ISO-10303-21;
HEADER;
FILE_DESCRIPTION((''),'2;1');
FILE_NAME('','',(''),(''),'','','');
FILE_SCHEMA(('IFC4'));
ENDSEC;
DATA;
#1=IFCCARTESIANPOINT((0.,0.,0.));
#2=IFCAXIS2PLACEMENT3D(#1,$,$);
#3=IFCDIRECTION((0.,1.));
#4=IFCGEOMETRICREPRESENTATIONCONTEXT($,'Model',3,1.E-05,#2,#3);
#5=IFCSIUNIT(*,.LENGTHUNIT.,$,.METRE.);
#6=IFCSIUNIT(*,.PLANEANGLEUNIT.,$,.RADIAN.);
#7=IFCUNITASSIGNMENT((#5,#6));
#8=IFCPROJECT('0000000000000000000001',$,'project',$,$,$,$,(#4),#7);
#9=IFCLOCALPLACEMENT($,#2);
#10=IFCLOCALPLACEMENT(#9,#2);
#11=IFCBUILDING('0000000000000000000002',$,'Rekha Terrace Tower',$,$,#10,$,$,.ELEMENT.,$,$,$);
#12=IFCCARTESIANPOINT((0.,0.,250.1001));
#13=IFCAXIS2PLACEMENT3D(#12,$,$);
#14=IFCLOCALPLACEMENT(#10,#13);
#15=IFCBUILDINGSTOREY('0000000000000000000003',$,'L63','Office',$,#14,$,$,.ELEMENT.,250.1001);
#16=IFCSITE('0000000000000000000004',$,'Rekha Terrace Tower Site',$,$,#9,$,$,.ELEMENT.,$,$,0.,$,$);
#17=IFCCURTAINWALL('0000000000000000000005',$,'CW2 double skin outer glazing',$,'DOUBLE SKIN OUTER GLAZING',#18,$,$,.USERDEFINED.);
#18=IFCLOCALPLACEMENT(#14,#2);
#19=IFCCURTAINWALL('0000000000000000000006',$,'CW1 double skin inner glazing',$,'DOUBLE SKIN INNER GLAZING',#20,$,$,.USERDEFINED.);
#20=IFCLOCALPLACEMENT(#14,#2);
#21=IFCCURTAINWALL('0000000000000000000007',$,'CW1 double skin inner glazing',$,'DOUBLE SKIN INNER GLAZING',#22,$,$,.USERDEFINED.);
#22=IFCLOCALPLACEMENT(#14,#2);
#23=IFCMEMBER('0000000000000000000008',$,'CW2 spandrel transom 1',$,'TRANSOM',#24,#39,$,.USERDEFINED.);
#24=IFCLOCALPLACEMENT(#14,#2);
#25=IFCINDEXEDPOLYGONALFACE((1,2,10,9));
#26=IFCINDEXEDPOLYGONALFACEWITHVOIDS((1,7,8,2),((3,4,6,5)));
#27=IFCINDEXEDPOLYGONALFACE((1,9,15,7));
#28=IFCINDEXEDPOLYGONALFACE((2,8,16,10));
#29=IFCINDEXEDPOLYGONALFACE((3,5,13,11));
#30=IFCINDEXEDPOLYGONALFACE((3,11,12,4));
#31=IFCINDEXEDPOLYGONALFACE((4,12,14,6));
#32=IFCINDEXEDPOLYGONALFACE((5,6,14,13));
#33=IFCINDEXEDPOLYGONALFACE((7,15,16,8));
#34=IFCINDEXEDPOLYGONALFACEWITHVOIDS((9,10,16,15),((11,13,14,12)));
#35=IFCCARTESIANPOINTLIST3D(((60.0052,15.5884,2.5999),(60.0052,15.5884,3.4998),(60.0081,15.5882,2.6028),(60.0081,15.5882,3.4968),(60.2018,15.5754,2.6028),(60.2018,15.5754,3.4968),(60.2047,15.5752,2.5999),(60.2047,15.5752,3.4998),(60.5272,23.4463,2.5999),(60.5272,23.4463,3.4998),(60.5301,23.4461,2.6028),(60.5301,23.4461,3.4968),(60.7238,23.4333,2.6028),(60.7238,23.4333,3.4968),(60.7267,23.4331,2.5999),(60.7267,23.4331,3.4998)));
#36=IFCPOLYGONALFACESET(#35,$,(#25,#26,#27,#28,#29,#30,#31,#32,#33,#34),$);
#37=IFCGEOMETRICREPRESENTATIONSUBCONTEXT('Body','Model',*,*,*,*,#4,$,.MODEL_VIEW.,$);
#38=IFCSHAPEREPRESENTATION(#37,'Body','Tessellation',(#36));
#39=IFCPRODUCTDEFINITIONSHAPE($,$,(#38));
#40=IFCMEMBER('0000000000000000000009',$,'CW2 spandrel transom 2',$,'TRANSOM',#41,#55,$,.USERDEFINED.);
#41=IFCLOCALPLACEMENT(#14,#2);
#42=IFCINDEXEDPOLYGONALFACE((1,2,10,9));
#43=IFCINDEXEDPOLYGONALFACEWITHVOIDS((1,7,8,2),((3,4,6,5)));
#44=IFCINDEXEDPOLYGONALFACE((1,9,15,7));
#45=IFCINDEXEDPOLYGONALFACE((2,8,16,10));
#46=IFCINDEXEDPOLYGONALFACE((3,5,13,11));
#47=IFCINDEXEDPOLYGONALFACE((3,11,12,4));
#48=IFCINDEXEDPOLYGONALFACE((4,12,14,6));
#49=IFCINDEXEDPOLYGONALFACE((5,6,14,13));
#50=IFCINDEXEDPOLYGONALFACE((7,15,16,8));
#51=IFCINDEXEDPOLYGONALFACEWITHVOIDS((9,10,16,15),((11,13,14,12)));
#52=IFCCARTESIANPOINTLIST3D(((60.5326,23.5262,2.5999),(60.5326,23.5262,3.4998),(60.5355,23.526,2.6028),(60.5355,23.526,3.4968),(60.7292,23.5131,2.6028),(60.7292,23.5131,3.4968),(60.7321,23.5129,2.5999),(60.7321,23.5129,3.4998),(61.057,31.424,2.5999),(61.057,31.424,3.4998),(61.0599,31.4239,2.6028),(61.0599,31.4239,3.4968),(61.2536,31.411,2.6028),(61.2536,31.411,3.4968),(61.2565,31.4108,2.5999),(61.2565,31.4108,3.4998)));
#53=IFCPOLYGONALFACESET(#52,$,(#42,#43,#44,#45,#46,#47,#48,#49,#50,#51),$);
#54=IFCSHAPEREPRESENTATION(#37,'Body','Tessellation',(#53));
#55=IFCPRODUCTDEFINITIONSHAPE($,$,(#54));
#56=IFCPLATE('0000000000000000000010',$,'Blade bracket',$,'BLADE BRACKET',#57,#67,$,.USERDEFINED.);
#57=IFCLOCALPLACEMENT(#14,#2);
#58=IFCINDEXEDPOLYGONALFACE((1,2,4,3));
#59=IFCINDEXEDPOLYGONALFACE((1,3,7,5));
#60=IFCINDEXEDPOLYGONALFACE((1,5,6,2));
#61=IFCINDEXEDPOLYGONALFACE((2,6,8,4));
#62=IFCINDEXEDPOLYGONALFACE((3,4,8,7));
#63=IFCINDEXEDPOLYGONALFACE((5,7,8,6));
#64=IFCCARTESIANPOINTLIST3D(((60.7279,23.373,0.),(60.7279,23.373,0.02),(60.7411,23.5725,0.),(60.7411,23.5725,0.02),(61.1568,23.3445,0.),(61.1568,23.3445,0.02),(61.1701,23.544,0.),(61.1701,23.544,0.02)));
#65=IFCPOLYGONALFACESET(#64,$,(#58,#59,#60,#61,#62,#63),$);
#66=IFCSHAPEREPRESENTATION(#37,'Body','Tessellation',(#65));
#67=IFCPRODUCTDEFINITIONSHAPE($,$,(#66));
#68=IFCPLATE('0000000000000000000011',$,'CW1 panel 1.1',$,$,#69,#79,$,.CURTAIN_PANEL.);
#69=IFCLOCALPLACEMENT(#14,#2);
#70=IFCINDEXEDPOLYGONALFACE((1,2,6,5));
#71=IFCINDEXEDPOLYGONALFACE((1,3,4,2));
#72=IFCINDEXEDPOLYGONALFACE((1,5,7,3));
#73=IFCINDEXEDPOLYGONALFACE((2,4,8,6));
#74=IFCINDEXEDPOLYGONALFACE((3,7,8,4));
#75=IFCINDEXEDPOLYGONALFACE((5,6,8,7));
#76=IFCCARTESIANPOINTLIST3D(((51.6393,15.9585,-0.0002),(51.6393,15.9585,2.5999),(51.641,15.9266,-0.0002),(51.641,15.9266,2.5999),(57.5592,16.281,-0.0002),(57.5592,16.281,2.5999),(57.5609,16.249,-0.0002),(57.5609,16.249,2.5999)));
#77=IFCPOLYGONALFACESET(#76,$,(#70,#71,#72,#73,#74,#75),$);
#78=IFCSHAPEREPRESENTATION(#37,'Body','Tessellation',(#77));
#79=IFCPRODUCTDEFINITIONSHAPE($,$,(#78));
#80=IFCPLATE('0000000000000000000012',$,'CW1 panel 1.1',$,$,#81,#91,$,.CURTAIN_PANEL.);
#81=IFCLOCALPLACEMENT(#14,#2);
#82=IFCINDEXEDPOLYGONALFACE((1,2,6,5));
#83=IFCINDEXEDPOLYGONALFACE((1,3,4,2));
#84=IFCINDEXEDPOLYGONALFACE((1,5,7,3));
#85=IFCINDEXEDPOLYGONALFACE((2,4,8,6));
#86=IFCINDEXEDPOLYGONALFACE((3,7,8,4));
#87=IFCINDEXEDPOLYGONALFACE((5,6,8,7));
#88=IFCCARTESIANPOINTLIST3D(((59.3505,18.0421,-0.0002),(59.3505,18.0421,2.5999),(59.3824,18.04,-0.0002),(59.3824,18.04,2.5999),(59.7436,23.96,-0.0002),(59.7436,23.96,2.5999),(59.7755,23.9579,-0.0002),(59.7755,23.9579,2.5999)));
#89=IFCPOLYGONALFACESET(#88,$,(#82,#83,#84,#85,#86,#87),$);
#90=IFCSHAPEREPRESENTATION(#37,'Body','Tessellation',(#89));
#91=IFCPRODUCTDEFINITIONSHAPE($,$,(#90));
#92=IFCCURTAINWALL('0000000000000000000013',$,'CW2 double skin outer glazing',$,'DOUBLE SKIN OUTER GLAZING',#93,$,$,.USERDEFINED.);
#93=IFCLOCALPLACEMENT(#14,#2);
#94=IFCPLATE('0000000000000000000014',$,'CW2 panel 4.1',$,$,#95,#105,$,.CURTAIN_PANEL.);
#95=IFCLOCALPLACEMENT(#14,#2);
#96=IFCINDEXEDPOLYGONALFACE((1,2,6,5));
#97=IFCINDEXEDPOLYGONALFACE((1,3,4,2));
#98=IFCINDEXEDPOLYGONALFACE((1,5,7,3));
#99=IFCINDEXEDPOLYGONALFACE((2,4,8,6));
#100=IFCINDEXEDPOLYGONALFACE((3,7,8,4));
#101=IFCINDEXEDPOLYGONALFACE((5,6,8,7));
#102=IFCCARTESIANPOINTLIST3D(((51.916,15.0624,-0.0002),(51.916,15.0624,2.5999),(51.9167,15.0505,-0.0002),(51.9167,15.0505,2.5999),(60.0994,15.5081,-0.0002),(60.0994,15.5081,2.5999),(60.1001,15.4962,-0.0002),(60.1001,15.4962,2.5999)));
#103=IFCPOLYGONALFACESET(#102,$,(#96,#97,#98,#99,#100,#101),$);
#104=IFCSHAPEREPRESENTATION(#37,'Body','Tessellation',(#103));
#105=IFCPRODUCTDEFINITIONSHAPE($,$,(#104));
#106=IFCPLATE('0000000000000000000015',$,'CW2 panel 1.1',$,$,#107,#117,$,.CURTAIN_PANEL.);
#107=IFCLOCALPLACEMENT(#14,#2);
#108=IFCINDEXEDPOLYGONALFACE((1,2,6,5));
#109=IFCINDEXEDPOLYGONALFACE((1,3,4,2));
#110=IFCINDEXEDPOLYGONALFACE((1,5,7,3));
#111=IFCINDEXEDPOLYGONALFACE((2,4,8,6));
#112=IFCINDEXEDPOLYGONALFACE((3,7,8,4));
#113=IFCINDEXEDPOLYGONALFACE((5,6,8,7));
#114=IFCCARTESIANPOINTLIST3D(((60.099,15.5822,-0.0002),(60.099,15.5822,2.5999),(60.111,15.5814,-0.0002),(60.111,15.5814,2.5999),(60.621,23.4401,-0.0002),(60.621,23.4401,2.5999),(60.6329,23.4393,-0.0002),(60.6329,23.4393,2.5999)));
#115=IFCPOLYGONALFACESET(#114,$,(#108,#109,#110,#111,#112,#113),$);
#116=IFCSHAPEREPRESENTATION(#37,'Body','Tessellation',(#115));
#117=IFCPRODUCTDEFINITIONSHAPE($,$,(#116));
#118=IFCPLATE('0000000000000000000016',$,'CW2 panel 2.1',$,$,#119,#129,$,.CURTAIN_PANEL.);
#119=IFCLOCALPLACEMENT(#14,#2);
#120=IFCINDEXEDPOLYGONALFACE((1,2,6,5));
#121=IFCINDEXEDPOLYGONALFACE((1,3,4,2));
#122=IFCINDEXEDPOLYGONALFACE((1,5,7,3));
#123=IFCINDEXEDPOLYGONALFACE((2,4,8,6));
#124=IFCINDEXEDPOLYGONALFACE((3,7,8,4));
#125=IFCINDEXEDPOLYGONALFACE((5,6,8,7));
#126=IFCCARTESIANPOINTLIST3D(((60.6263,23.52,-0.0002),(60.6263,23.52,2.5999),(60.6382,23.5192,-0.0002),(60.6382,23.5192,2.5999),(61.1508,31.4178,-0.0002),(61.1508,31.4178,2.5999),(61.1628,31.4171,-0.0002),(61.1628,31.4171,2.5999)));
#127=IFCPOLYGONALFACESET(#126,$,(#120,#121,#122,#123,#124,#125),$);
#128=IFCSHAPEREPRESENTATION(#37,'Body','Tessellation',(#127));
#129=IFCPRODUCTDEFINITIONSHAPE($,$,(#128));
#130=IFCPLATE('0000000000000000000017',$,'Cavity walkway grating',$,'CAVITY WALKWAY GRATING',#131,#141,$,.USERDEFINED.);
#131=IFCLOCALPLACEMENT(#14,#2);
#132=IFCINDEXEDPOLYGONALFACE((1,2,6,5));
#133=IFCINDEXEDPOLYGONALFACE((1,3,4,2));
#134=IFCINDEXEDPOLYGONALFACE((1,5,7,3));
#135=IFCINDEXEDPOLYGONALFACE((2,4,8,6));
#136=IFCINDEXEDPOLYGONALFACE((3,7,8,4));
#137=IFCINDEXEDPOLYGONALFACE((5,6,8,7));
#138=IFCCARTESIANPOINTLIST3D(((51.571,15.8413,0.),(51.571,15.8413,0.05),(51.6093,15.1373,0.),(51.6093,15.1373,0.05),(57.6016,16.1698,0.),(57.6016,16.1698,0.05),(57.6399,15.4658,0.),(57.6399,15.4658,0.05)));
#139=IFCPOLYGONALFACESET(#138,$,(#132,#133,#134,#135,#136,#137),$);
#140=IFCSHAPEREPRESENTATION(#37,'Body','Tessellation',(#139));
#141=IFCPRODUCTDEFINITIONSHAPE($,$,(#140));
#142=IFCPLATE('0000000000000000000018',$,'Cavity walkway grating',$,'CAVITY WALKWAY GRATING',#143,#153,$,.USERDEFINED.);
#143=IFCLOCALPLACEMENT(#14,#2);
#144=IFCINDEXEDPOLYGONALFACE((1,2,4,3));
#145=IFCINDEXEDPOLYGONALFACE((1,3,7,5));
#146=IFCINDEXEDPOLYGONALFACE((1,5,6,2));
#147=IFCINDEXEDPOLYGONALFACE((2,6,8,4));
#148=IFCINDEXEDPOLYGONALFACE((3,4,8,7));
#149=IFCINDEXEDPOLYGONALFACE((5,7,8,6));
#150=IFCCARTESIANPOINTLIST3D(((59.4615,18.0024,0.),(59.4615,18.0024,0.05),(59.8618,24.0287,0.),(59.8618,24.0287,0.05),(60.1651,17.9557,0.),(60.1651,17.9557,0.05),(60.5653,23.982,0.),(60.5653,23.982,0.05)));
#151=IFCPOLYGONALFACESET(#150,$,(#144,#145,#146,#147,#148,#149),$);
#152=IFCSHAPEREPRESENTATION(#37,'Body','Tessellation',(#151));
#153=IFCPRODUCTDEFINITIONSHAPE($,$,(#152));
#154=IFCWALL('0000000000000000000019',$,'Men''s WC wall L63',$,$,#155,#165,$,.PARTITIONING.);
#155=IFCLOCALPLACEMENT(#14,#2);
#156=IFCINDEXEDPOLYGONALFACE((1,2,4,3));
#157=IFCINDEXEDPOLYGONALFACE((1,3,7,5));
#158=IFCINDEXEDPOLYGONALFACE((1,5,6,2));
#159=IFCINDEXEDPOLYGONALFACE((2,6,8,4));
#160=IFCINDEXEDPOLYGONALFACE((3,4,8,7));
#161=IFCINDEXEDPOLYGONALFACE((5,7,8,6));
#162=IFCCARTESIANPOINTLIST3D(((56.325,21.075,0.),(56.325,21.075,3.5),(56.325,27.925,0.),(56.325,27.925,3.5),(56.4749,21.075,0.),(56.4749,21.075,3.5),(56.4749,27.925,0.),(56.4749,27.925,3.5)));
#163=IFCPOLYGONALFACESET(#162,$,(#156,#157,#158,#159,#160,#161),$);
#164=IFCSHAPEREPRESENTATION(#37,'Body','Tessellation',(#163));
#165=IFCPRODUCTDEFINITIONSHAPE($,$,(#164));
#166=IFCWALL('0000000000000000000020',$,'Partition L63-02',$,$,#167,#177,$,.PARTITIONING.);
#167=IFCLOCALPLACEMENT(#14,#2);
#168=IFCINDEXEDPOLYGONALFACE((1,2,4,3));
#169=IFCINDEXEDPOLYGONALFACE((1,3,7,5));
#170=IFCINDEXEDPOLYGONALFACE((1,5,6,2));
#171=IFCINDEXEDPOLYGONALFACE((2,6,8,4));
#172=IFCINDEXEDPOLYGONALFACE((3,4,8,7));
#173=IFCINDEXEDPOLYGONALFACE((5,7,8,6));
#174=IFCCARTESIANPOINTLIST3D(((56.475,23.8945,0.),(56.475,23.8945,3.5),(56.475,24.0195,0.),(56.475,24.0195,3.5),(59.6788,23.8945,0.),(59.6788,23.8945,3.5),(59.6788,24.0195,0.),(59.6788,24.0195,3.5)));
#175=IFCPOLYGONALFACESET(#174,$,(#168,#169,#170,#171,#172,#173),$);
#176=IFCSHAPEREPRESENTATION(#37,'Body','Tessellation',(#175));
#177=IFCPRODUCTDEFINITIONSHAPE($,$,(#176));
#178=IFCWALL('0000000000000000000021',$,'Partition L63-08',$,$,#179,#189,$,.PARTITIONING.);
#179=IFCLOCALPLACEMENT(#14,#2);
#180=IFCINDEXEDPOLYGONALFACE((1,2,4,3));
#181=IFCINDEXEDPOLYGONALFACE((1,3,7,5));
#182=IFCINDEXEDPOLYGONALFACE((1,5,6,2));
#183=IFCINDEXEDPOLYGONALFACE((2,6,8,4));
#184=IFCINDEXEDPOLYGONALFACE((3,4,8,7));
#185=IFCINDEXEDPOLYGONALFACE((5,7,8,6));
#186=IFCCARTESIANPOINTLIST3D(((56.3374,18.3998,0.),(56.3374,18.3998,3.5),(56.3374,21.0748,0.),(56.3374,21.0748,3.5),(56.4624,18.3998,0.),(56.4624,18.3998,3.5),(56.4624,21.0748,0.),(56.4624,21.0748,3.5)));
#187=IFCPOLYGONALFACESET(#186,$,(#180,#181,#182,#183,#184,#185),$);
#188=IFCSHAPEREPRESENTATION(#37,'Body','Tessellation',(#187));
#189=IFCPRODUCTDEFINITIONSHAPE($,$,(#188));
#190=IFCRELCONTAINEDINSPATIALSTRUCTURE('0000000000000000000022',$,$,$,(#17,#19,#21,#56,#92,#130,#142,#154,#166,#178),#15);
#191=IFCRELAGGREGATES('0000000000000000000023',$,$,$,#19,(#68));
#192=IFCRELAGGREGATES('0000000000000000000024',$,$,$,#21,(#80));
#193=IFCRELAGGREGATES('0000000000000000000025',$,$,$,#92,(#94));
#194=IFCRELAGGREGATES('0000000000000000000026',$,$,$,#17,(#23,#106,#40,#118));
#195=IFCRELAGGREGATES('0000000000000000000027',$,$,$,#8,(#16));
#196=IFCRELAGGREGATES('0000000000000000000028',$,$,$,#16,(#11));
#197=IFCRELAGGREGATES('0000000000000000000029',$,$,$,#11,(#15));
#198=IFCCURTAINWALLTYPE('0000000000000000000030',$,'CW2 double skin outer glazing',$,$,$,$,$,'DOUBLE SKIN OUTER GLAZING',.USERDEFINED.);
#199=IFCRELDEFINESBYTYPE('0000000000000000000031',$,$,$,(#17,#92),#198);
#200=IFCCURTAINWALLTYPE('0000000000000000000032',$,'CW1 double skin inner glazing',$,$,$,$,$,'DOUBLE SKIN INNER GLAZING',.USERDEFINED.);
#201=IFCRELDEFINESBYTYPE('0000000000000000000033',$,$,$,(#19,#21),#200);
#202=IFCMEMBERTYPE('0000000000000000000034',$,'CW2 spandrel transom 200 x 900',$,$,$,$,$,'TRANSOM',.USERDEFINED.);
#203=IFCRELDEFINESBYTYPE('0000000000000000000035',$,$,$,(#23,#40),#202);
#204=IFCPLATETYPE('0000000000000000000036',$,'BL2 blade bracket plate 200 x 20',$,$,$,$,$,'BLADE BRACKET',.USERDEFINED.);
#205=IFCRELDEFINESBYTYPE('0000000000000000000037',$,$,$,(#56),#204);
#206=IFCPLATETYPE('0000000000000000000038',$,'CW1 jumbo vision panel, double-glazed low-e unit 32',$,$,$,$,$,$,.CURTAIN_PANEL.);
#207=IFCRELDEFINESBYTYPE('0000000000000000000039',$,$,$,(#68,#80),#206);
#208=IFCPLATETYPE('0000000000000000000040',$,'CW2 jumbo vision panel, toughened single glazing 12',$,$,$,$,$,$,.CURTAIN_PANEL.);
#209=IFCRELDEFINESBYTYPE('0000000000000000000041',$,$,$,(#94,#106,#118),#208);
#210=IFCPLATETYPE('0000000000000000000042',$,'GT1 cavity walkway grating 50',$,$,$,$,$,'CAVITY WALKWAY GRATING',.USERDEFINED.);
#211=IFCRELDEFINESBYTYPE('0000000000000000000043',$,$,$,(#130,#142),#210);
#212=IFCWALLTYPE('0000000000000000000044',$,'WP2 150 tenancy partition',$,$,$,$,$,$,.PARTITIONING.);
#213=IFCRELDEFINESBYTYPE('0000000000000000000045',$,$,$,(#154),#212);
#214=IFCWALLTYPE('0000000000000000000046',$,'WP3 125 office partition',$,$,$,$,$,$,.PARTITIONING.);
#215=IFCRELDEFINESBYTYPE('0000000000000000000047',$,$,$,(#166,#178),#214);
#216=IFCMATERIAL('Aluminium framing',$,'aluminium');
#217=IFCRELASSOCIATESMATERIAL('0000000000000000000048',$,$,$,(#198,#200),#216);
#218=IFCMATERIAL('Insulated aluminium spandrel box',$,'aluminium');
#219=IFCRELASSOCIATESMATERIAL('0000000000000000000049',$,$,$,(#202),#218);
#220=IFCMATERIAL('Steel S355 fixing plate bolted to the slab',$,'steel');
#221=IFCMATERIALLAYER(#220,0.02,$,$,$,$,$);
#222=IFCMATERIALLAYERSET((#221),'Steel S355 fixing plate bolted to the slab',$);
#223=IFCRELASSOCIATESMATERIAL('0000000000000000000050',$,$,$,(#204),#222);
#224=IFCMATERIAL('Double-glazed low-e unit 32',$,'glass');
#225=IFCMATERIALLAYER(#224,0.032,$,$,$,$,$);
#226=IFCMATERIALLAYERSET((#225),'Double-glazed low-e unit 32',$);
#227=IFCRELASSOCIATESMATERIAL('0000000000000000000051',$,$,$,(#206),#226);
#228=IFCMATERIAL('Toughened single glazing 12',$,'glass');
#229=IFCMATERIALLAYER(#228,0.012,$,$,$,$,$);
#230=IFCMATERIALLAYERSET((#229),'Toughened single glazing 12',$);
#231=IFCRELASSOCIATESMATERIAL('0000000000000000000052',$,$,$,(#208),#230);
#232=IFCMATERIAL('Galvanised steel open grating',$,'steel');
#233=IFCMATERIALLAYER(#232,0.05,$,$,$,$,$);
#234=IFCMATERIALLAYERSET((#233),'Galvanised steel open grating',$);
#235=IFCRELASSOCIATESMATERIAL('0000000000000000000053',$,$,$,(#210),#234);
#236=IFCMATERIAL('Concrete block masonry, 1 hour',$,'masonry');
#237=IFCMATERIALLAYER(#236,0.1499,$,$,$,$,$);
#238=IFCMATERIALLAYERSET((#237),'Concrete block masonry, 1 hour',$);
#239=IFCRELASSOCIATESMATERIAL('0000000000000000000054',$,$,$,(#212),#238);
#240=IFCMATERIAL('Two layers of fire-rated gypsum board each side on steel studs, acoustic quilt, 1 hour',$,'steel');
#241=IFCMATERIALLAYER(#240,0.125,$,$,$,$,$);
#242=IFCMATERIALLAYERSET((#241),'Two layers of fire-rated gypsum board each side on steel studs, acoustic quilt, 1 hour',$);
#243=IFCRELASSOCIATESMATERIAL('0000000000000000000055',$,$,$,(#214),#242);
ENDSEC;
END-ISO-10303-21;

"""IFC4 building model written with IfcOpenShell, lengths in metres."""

from ifc_helpers import new_model, si_unit, direction, frame, frame_2d, origin, origin_2d, place, context, subcontext, project, spatial, rectangle, hollow_rectangle, extrude, material, layer, layer_set, material_profile, profile_set, type_object, element, aggregate, save


model = new_model("IFC4")

# Units and contexts
model_context = context("Model", 3, precision=1e-05, world=origin(), true_north=direction((0.0, 1.0)))
body_context = subcontext(model_context, "Body", "Model", "MODEL_VIEW")
ifc_project = project(units=[si_unit("LENGTHUNIT", "METRE"), si_unit("PLANEANGLEUNIT", "RADIAN")], contexts=[model_context])

# Site, building, storey
site_placement = place(None, origin())
site = spatial("IfcSite", under=ifc_project, at=site_placement, Name="Rekha Terrace Tower Site", CompositionType="ELEMENT", RefElevation=0.0)
building_placement = place(site_placement, origin())
building = spatial("IfcBuilding", under=site, at=building_placement, Name="Rekha Terrace Tower", CompositionType="ELEMENT")
storey_placement = place(building_placement, frame((0.0, 0.0, 250.1001)))
storey = spatial("IfcBuildingStorey", under=building, at=storey_placement, Name="L63", Description="Office", CompositionType="ELEMENT", Elevation=250.1001)

# Curtain walls
ifc_material_1 = material(Name="Aluminium framing", Category="aluminium")
curtain_wall_type_1 = type_object("IfcCurtainWallType", Name="CW2 double skin outer glazing", ElementType="DOUBLE SKIN OUTER GLAZING", PredefinedType="USERDEFINED", material=ifc_material_1)
curtain_wall_1_placement = place(storey_placement, origin())
curtain_wall_1 = element("IfcCurtainWall", 1, at=curtain_wall_1_placement, inside=storey, type_object=curtain_wall_type_1, Name="CW2 double skin outer glazing", ObjectType="DOUBLE SKIN OUTER GLAZING", PredefinedType="USERDEFINED")
curtain_wall_type_2 = type_object("IfcCurtainWallType", Name="CW1 double skin inner glazing", ElementType="DOUBLE SKIN INNER GLAZING", PredefinedType="USERDEFINED", material=ifc_material_1)
curtain_wall_2_placement = place(storey_placement, origin())
curtain_wall_2 = element("IfcCurtainWall", 2, at=curtain_wall_2_placement, inside=storey, type_object=curtain_wall_type_2, Name="CW1 double skin inner glazing", ObjectType="DOUBLE SKIN INNER GLAZING", PredefinedType="USERDEFINED")

# Curtain wall
curtain_wall_3_placement = place(storey_placement, origin())
curtain_wall_3 = element("IfcCurtainWall", 3, at=curtain_wall_3_placement, inside=storey, type_object=curtain_wall_type_2, Name="CW1 double skin inner glazing", ObjectType="DOUBLE SKIN INNER GLAZING", PredefinedType="USERDEFINED")

# Members
ifc_material_2 = material(Name="Insulated aluminium spandrel box", Category="aluminium")
ifc_material_profile_1 = material_profile(ifc_material_2, hollow_rectangle(XDim=0.2, YDim=0.8999, WallThickness=0.0029, at=origin_2d()), Name="AL SPANDREL BOX 200x900")
ifc_profile_set_1 = profile_set([ifc_material_profile_1], Name="Insulated aluminium spandrel box")
member_type_1 = type_object("IfcMemberType", Name="CW2 spandrel transom 200 x 900", ElementType="TRANSOM", PredefinedType="USERDEFINED", material=ifc_profile_set_1)
member_1_placement = place(storey_placement, frame((60.105, 15.5818, 3.0498), z_axis=(0.06628, 0.997801, 0.0), x_axis=(-0.997801, 0.06628, 0.0)))
member_1 = element("IfcMember", 4, at=member_1_placement, type_object=member_type_1, Name="CW2 spandrel transom 1", ObjectType="TRANSOM", PredefinedType="USERDEFINED", context=body_context, shape_type="SweptSolid", body=[
    extrude(hollow_rectangle(XDim=0.2, YDim=0.8999, WallThickness=0.0029, at=origin_2d()), origin(), (0.0, 0.0, 1.0), 7.8752),
])
member_2_placement = place(storey_placement, frame((60.6323, 23.5195, 3.0498), z_axis=(0.066253, 0.997803, 0.0), x_axis=(-0.997803, 0.066253, 0.0)))
member_2 = element("IfcMember", 5, at=member_2_placement, type_object=member_type_1, Name="CW2 spandrel transom 2", ObjectType="TRANSOM", PredefinedType="USERDEFINED", context=body_context, shape_type="SweptSolid", body=[
    extrude(hollow_rectangle(XDim=0.2, YDim=0.8999, WallThickness=0.0029, at=origin_2d()), origin(), (0.0, 0.0, 1.0), 7.9153),
])

# Plates
ifc_material_3 = material(Name="Steel S355 fixing plate bolted to the slab", Category="steel")
ifc_layer_1 = layer(ifc_material_3, 0.02)
ifc_layer_set_1 = layer_set([ifc_layer_1], Name="Steel S355 fixing plate bolted to the slab")
plate_type_1 = type_object("IfcPlateType", Name="BL2 blade bracket plate 200 x 20", ElementType="BLADE BRACKET", PredefinedType="USERDEFINED", material=ifc_layer_set_1)
plate_1_placement = place(storey_placement, frame((60.949, 23.4585, 0.0), z_axis=(0.0, 0.0, 1.0), x_axis=(0.997802, -0.066272, 0.0)))
element("IfcPlate", 6, at=plate_1_placement, inside=storey, type_object=plate_type_1, Name="Blade bracket", ObjectType="BLADE BRACKET", PredefinedType="USERDEFINED", context=body_context, shape_type="SweptSolid", body=[
    extrude(rectangle(XDim=0.4299, YDim=0.2, at=origin_2d()), origin(), (0.0, 0.0, 1.0), 0.02),
])
ifc_material_4 = material(Name="Double-glazed low-e unit 32", Category="glass")
ifc_layer_2 = layer(ifc_material_4, 0.032)
ifc_layer_set_2 = layer_set([ifc_layer_2], Name="Double-glazed low-e unit 32")
plate_type_2 = type_object("IfcPlateType", Name="CW1 jumbo vision panel, double-glazed low-e unit 32", PredefinedType="CURTAIN_PANEL", material=ifc_layer_set_2)
plate_2_placement = place(storey_placement, frame((54.6001, 16.1038, -0.0002), z_axis=(0.0, 0.0, 1.0), x_axis=(0.99852, 0.054389, 0.0)))
plate_2 = element("IfcPlate", 7, at=plate_2_placement, type_object=plate_type_2, Name="CW1 panel 1.1", PredefinedType="CURTAIN_PANEL", context=body_context, shape_type="SweptSolid", body=[
    extrude(rectangle(XDim=5.9287, YDim=0.032, at=origin_2d()), origin(), (0.0, 0.0, 1.0), 2.6001),
])
aggregate(curtain_wall_2, [plate_2])
plate_3_placement = place(storey_placement, frame((59.563, 21.0, -0.0002), z_axis=(0.0, 0.0, 1.0), x_axis=(0.066272, 0.997802, 0.0)))
plate_3 = element("IfcPlate", 8, at=plate_3_placement, type_object=plate_type_2, Name="CW1 panel 1.1", PredefinedType="CURTAIN_PANEL", context=body_context, shape_type="SweptSolid", body=[
    extrude(rectangle(XDim=5.9309, YDim=0.032, at=origin_2d()), origin(), (0.0, 0.0, 1.0), 2.6001),
])
aggregate(curtain_wall_3, [plate_3])

# Curtain wall, plate
curtain_wall_4_placement = place(storey_placement, origin())
curtain_wall_4 = element("IfcCurtainWall", 9, at=curtain_wall_4_placement, inside=storey, type_object=curtain_wall_type_1, Name="CW2 double skin outer glazing", ObjectType="DOUBLE SKIN OUTER GLAZING", PredefinedType="USERDEFINED")
ifc_material_5 = material(Name="Toughened single glazing 12", Category="glass")
ifc_layer_3 = layer(ifc_material_5, 0.012)
ifc_layer_set_3 = layer_set([ifc_layer_3], Name="Toughened single glazing 12")
plate_type_3 = type_object("IfcPlateType", Name="CW2 jumbo vision panel, toughened single glazing 12", PredefinedType="CURTAIN_PANEL", material=ifc_layer_set_3)
plate_4_placement = place(storey_placement, frame((56.0081, 15.2793, -0.0002), z_axis=(0.0, 0.0, 1.0), x_axis=(0.99852, 0.054389, 0.0)))
plate_4 = element("IfcPlate", 10, at=plate_4_placement, type_object=plate_type_3, Name="CW2 panel 4.1", PredefinedType="CURTAIN_PANEL", context=body_context, shape_type="SweptSolid", body=[
    extrude(rectangle(XDim=8.1956, YDim=0.012, at=origin_2d()), origin(), (0.0, 0.0, 1.0), 2.6001),
])
aggregate(curtain_wall_4, [plate_4])

# Plates
plate_5_placement = place(storey_placement, frame((60.366, 19.5107, -0.0002), z_axis=(0.0, 0.0, 1.0), x_axis=(0.066272, 0.997802, 0.0)))
plate_5 = element("IfcPlate", 11, at=plate_5_placement, type_object=plate_type_3, Name="CW2 panel 1.1", PredefinedType="CURTAIN_PANEL", context=body_context, shape_type="SweptSolid", body=[
    extrude(rectangle(XDim=7.8752, YDim=0.012, at=origin_2d()), origin(), (0.0, 0.0, 1.0), 2.6001),
])
plate_6_placement = place(storey_placement, frame((60.8945, 27.4685, -0.0002), z_axis=(0.0, 0.0, 1.0), x_axis=(0.066272, 0.997802, 0.0)))
plate_6 = element("IfcPlate", 12, at=plate_6_placement, type_object=plate_type_3, Name="CW2 panel 2.1", PredefinedType="CURTAIN_PANEL", context=body_context, shape_type="SweptSolid", body=[
    extrude(rectangle(XDim=7.9153, YDim=0.012, at=origin_2d()), origin(), (0.0, 0.0, 1.0), 2.6001),
])
aggregate(curtain_wall_1, [member_1, plate_5, member_2, plate_6])

# Plates
ifc_material_6 = material(Name="Galvanised steel open grating", Category="steel")
ifc_layer_4 = layer(ifc_material_6, 0.05)
ifc_layer_set_4 = layer_set([ifc_layer_4], Name="Galvanised steel open grating")
plate_type_4 = type_object("IfcPlateType", Name="GT1 cavity walkway grating 50", ElementType="CAVITY WALKWAY GRATING", PredefinedType="USERDEFINED", material=ifc_layer_set_4)
for number, where, z_axis, x_axis, name in (
    (13, (54.6055, 15.6536, 0.0), (0.0, 0.0, 1.0), (0.99852, 0.054389, 0.0), "Cavity walkway grating"),
    (14, (60.0134, 20.9922, 0.0), (0.0, 0.0, 1.0), (0.066272, 0.997802, 0.0), "Cavity walkway grating"),
):
    element("IfcPlate", number, at=place(storey_placement, frame(where, z_axis=z_axis, x_axis=x_axis)), inside=storey, type_object=plate_type_4, Name=name, ObjectType="CAVITY WALKWAY GRATING", PredefinedType="USERDEFINED", context=body_context, shape_type="SweptSolid", body=[
        extrude(rectangle(XDim=6.0396, YDim=0.7051, at=origin_2d()), origin(), (0.0, 0.0, 1.0), 0.05),
    ])

# Walls
ifc_material_7 = material(Name="Concrete block masonry, 1 hour", Category="masonry")
ifc_layer_5 = layer(ifc_material_7, 0.1499)
ifc_layer_set_5 = layer_set([ifc_layer_5], Name="Concrete block masonry, 1 hour")
wall_type_1 = type_object("IfcWallType", Name="WP2 150 tenancy partition", PredefinedType="PARTITIONING", material=ifc_layer_set_5)
wall_1_placement = place(storey_placement, frame((56.3999, 21.075, 0.0), z_axis=(0.0, 0.0, 1.0), x_axis=(0.0, 1.0, 0.0)))
element("IfcWall", 15, at=wall_1_placement, inside=storey, type_object=wall_type_1, Name="Men's WC wall L63", PredefinedType="PARTITIONING", context=body_context, shape_type="SweptSolid", body=[
    extrude(rectangle(XDim=6.8501, YDim=0.1499, at=frame_2d((3.425, 0.0))), origin(), (0.0, 0.0, 1.0), 3.5),
])
ifc_material_8 = material(Name="Two layers of fire-rated gypsum board each side on steel studs, acoustic quilt, 1 hour", Category="steel")
ifc_layer_6 = layer(ifc_material_8, 0.125)
ifc_layer_set_6 = layer_set([ifc_layer_6], Name="Two layers of fire-rated gypsum board each side on steel studs, acoustic quilt, 1 hour")
wall_type_2 = type_object("IfcWallType", Name="WP3 125 office partition", PredefinedType="PARTITIONING", material=ifc_layer_set_6)
wall_2_placement = place(storey_placement, frame((59.679, 23.957, 0.0), z_axis=(0.0, 0.0, 1.0), x_axis=(-1.0, 0.0, 0.0)))
element("IfcWall", 16, at=wall_2_placement, inside=storey, type_object=wall_type_2, Name="Partition L63-02", PredefinedType="PARTITIONING", context=body_context, shape_type="SweptSolid", body=[
    extrude(rectangle(XDim=3.2039, YDim=0.125, at=frame_2d((1.6021, 0.0))), origin(), (0.0, 0.0, 1.0), 3.5),
])
wall_3_placement = place(storey_placement, frame((56.3999, 18.3999, 0.0), z_axis=(0.0, 0.0, 1.0), x_axis=(0.0, 1.0, 0.0)))
element("IfcWall", 17, at=wall_3_placement, inside=storey, type_object=wall_type_2, Name="Partition L63-08", PredefinedType="PARTITIONING", context=body_context, shape_type="SweptSolid", body=[
    extrude(rectangle(XDim=2.675, YDim=0.125, at=frame_2d((1.3374, 0.0))), origin(), (0.0, 0.0, 1.0), 3.5),
])

save(model, "model.ifc")
